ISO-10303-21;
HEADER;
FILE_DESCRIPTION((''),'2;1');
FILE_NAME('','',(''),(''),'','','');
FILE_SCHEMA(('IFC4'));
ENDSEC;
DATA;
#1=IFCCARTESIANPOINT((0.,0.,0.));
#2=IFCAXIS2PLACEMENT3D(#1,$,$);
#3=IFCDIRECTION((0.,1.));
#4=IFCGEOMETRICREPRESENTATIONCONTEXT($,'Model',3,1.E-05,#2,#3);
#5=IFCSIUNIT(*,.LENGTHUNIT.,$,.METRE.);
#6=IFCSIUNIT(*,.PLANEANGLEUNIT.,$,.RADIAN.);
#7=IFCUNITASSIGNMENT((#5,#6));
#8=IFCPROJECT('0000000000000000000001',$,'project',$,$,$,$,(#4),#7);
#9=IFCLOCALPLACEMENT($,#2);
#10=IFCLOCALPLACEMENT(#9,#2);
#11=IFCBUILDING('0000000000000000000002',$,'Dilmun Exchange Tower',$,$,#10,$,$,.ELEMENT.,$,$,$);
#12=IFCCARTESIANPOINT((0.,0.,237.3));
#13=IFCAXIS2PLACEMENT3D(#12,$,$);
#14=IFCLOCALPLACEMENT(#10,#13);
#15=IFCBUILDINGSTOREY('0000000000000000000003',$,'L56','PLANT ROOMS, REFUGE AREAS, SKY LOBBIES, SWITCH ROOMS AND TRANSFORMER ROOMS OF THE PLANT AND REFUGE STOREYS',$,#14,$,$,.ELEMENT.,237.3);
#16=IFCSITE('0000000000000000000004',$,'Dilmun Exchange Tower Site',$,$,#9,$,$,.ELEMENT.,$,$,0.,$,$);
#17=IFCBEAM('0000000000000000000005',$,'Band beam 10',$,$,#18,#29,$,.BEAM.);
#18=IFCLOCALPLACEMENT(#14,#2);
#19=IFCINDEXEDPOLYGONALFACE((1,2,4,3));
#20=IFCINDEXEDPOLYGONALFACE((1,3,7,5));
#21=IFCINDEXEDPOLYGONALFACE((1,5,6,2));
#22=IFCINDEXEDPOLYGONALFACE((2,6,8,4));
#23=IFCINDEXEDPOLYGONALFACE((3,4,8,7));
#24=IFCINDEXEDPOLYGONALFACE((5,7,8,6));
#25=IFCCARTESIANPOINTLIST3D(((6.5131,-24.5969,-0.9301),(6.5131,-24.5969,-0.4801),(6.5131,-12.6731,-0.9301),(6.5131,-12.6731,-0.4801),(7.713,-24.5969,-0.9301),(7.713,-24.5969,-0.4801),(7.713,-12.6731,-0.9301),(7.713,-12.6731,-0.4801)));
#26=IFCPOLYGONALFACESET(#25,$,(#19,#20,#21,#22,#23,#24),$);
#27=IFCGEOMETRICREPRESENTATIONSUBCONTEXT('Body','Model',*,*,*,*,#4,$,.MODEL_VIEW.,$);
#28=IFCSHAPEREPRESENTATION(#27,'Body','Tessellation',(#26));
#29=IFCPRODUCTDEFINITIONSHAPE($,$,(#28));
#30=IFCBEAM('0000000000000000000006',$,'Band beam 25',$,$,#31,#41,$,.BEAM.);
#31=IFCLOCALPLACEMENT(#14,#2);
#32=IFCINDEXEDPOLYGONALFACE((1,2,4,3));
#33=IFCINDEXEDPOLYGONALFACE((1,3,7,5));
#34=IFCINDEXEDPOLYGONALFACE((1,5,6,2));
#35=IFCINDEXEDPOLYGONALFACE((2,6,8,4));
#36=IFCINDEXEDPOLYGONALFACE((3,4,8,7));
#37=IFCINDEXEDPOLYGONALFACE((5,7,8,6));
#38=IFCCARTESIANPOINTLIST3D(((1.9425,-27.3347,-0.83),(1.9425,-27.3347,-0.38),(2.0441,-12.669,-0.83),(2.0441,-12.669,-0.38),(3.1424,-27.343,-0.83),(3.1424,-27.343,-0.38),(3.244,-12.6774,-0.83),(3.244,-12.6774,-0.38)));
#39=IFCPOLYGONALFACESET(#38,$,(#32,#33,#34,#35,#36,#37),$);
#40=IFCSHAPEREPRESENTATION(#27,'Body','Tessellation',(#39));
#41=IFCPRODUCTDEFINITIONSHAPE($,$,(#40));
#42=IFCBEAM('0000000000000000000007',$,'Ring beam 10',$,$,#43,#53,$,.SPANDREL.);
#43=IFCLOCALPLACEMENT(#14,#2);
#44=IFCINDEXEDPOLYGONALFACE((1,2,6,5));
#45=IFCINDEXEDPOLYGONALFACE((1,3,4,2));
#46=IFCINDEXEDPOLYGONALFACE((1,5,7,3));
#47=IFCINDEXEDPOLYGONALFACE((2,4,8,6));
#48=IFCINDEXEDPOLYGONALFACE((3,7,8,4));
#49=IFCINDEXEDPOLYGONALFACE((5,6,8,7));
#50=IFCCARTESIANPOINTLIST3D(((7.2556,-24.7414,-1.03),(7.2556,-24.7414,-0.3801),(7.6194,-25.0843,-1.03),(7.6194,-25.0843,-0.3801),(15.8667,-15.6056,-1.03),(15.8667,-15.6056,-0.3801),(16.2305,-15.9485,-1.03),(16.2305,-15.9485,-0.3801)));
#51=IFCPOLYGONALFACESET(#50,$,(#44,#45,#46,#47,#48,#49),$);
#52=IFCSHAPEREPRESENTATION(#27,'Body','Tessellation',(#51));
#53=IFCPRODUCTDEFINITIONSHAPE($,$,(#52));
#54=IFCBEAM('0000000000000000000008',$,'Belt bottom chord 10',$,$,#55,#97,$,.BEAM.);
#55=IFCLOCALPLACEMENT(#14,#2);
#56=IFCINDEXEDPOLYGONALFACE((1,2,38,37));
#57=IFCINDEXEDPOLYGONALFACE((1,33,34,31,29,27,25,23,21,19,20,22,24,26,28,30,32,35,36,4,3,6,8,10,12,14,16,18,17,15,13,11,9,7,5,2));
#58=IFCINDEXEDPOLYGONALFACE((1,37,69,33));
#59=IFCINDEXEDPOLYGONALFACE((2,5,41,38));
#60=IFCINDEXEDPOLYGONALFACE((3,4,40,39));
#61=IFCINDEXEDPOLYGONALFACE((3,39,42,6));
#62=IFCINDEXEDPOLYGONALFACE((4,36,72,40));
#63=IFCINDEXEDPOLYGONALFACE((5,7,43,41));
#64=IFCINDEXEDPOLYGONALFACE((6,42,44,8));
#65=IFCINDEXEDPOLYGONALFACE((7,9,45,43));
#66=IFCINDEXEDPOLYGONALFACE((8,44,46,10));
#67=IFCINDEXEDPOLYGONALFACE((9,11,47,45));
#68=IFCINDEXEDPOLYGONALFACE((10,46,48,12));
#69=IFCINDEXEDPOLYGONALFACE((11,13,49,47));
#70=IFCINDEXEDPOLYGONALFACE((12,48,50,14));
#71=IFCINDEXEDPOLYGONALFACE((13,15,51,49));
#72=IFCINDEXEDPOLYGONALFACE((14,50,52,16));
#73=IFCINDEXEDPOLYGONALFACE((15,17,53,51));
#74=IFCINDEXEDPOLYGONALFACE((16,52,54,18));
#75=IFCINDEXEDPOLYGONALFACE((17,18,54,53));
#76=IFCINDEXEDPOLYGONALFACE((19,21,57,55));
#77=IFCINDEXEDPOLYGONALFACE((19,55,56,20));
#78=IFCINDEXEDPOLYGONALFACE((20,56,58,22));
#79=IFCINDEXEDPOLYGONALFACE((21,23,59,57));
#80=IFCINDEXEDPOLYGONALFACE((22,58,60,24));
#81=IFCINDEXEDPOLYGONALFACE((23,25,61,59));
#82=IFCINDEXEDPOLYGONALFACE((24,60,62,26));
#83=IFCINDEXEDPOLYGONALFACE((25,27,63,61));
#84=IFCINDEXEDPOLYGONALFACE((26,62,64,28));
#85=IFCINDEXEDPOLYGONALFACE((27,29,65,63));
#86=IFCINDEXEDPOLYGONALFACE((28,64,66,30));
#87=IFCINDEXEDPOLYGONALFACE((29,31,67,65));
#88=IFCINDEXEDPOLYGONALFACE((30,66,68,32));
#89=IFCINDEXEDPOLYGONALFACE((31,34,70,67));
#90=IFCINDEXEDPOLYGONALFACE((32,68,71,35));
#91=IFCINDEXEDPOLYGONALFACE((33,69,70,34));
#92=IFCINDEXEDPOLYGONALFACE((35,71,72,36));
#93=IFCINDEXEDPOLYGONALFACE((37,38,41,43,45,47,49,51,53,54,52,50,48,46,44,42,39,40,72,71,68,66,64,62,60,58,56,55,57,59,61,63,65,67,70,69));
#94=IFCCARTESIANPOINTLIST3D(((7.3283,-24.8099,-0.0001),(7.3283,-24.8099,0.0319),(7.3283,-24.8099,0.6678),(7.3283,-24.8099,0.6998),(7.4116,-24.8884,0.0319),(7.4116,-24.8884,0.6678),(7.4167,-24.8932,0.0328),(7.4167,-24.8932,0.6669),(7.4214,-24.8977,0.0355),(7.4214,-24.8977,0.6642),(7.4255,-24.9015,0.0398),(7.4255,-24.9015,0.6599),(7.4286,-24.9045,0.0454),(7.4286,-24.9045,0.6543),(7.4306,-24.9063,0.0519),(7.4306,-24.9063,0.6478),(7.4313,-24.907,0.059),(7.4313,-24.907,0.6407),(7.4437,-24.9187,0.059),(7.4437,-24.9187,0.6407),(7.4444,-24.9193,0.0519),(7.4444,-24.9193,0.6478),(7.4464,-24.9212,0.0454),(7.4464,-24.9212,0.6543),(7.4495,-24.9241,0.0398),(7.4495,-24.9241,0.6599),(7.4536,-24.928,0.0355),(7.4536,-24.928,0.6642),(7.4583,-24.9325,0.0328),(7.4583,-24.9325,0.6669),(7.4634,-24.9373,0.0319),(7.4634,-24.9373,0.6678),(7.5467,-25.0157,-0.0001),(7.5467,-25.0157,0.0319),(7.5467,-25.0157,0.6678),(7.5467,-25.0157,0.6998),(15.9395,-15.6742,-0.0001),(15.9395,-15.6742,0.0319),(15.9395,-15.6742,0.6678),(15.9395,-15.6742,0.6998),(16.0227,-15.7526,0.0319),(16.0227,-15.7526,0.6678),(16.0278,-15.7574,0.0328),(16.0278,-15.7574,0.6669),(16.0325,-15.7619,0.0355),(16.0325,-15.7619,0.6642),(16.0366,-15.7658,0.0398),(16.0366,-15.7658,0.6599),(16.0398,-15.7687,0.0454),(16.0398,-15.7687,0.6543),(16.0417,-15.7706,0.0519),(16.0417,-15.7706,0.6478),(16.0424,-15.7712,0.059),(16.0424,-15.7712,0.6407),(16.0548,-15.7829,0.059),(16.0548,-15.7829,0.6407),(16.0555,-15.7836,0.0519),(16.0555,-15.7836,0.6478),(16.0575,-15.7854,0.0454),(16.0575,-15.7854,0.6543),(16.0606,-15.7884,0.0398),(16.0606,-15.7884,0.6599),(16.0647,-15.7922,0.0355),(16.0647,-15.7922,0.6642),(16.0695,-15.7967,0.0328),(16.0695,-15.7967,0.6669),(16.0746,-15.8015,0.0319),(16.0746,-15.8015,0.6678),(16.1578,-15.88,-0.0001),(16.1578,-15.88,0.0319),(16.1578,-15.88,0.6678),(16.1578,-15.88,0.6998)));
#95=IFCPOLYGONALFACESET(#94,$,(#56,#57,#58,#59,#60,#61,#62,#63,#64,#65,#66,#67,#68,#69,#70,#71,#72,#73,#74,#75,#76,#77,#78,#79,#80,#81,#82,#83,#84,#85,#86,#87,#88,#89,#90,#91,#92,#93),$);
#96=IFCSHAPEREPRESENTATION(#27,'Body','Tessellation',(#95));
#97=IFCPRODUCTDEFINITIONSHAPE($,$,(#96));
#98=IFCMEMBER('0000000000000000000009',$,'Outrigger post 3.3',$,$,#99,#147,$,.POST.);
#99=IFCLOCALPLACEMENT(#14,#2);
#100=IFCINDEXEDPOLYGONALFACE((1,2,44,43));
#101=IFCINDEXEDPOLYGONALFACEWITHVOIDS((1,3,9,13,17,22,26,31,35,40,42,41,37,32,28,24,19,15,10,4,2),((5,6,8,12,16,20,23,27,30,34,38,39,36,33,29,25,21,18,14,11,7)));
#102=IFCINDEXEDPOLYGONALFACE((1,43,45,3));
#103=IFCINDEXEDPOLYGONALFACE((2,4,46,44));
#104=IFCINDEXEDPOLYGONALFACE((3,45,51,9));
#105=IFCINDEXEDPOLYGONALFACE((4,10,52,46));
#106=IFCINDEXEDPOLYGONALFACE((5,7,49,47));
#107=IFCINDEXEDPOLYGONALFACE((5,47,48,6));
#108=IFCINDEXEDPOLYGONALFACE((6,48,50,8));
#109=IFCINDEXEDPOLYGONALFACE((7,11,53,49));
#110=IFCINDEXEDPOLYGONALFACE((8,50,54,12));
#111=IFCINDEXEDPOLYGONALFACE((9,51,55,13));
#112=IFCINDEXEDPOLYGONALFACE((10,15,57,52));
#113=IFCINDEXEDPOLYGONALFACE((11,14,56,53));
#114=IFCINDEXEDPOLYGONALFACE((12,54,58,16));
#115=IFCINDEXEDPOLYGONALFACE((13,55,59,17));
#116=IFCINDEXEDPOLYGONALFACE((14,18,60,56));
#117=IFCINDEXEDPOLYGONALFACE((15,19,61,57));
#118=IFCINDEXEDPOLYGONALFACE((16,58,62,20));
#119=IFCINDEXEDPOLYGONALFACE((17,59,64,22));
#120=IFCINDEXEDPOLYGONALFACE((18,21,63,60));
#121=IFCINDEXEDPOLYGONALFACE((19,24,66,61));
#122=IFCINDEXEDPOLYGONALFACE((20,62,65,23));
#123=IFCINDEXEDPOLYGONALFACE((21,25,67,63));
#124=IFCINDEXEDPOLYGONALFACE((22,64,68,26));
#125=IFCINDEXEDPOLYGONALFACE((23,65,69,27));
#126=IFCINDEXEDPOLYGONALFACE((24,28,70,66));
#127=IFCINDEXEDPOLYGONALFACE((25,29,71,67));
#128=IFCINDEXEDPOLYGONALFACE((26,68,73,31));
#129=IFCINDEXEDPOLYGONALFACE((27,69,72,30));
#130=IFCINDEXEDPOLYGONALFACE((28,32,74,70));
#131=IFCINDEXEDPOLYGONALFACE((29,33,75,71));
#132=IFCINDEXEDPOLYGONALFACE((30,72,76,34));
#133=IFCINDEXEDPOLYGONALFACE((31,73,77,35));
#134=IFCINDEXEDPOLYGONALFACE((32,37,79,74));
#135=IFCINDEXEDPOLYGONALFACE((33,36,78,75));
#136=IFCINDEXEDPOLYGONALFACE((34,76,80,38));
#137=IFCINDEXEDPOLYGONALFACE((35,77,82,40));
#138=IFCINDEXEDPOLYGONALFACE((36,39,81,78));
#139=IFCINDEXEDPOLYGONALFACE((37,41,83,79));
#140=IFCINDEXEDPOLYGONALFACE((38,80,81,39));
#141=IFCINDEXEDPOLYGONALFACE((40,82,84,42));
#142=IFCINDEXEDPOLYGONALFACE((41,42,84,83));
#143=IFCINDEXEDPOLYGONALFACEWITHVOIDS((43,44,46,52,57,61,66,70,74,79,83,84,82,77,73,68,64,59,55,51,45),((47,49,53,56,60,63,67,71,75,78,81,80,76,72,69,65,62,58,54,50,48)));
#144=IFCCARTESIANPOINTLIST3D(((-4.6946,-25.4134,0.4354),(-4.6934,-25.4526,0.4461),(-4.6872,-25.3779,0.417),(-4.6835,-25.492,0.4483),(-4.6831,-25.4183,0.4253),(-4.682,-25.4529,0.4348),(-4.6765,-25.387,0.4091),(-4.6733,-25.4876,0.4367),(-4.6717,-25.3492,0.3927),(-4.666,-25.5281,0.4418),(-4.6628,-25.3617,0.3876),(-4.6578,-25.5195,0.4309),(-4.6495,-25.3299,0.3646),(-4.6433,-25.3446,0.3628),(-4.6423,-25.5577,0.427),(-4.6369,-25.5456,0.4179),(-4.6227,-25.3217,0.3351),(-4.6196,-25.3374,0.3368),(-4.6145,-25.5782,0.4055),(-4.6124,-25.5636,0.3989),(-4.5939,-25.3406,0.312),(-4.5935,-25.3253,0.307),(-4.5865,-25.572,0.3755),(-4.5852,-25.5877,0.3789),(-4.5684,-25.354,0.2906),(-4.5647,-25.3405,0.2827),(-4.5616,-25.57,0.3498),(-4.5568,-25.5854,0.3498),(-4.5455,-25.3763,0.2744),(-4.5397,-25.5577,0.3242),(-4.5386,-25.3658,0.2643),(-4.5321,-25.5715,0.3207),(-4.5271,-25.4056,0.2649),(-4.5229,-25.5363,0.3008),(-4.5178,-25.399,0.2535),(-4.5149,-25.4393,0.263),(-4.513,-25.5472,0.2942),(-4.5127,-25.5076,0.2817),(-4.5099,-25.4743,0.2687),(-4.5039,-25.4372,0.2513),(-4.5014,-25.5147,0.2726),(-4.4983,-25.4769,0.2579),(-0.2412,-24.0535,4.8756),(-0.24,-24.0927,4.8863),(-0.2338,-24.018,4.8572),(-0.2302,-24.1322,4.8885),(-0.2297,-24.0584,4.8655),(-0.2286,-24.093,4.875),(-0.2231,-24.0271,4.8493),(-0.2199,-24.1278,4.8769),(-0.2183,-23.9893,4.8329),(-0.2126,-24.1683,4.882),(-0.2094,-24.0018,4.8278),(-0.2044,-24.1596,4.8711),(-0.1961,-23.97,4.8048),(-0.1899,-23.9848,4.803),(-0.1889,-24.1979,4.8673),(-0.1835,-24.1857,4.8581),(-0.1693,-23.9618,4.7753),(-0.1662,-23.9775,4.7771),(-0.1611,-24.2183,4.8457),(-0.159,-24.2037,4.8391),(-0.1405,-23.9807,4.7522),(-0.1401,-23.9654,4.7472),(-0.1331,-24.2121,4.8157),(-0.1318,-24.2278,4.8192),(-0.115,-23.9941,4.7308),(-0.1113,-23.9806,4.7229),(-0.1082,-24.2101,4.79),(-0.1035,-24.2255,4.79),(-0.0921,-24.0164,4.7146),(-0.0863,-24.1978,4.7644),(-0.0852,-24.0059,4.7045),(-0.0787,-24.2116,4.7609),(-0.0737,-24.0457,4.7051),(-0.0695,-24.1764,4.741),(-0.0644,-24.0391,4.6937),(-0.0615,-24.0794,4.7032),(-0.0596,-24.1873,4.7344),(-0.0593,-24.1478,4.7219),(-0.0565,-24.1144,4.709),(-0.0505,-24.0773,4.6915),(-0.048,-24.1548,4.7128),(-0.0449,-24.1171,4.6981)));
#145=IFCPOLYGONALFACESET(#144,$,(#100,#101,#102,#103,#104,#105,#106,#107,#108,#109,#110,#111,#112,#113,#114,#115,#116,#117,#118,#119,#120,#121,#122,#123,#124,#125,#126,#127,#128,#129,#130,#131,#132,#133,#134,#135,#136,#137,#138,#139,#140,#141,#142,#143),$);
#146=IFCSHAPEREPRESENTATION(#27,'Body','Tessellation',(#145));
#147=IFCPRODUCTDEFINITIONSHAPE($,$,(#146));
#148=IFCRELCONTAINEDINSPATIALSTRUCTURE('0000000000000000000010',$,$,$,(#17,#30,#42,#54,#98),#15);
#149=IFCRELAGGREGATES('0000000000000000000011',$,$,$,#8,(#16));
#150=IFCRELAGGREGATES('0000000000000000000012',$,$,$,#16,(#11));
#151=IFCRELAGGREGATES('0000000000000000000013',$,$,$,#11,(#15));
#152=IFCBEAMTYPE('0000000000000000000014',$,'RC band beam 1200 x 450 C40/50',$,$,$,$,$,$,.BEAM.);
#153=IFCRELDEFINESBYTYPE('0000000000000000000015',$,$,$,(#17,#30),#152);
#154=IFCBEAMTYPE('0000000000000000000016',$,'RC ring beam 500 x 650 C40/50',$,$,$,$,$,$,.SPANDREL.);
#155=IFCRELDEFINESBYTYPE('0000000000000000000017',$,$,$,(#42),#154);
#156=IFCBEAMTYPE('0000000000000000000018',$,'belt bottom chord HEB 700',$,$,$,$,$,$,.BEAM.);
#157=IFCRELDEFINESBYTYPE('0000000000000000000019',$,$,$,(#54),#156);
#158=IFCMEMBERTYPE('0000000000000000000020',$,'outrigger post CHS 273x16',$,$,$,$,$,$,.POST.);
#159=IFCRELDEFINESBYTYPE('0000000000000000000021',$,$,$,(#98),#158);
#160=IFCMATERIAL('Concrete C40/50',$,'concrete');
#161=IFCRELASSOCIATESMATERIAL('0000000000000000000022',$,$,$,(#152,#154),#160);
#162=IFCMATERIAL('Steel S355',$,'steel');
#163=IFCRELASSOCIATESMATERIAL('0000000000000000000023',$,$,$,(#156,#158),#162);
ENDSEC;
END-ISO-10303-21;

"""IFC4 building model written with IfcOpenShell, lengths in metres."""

from ifc_helpers import new_model, si_unit, direction, frame, origin, origin_2d, place, context, subcontext, project, spatial, rectangle, hollow_circle, i_section, extrude, material, material_profile, profile_set, type_object, element, save


model = new_model("IFC4")

# Units and contexts
model_context = context("Model", 3, precision=1e-05, world=origin(), true_north=direction((0.0, 1.0)))
body_context = subcontext(model_context, "Body", "Model", "MODEL_VIEW")
ifc_project = project(units=[si_unit("LENGTHUNIT", "METRE"), si_unit("PLANEANGLEUNIT", "RADIAN")], contexts=[model_context])

# Site, building, storey
site_placement = place(None, origin())
site = spatial("IfcSite", under=ifc_project, at=site_placement, Name="Dilmun Exchange Tower Site", CompositionType="ELEMENT", RefElevation=0.0)
building_placement = place(site_placement, origin())
building = spatial("IfcBuilding", under=site, at=building_placement, Name="Dilmun Exchange Tower", CompositionType="ELEMENT")
storey_placement = place(building_placement, frame((0.0, 0.0, 237.3)))
storey = spatial("IfcBuildingStorey", under=building, at=storey_placement, Name="L56", Description="PLANT ROOMS, REFUGE AREAS, SKY LOBBIES, SWITCH ROOMS AND TRANSFORMER ROOMS OF THE PLANT AND REFUGE STOREYS", CompositionType="ELEMENT", Elevation=237.3)

# Beams
ifc_material_1 = material(Name="Concrete C40/50", Category="concrete")
ifc_material_profile_1 = material_profile(ifc_material_1, rectangle(XDim=1.2, YDim=0.45, at=origin_2d()), Name="1200 x 450")
ifc_profile_set_1 = profile_set([ifc_material_profile_1], Name="Concrete C40/50")
beam_type_1 = type_object("IfcBeamType", Name="RC band beam 1200 x 450 C40/50", PredefinedType="BEAM", material=ifc_profile_set_1)
beam_1_placement = place(storey_placement, frame((7.113, -24.5969, -0.7051), z_axis=(0.0, 1.0, 0.0), x_axis=(-1.0, 0.0, 0.0)))
element("IfcBeam", 1, at=beam_1_placement, inside=storey, type_object=beam_type_1, Name="Band beam 10", PredefinedType="BEAM", context=body_context, shape_type="SweptSolid", body=[
    extrude(rectangle(XDim=1.2, YDim=0.45, at=origin_2d()), origin(), (0.0, 0.0, 1.0), 11.9238),
])
beam_2_placement = place(storey_placement, frame((2.5425, -27.3389, -0.605), z_axis=(0.006925, 0.999976, 0.0), x_axis=(-0.999976, 0.006925, 0.0)))
element("IfcBeam", 2, at=beam_2_placement, inside=storey, type_object=beam_type_1, Name="Band beam 25", PredefinedType="BEAM", context=body_context, shape_type="SweptSolid", body=[
    extrude(rectangle(XDim=1.2, YDim=0.45, at=origin_2d()), origin(), (0.0, 0.0, 1.0), 14.666),
])
ifc_material_profile_2 = material_profile(ifc_material_1, rectangle(XDim=0.5, YDim=0.6499, at=origin_2d()), Name="500 x 650")
ifc_profile_set_2 = profile_set([ifc_material_profile_2], Name="Concrete C40/50")
beam_type_2 = type_object("IfcBeamType", Name="RC ring beam 500 x 650 C40/50", PredefinedType="SPANDREL", material=ifc_profile_set_2)
beam_3_placement = place(storey_placement, frame((7.4375, -24.9128, -0.7051), z_axis=(0.685903, 0.727693, 0.0), x_axis=(-0.727693, 0.685903, 0.0)))
element("IfcBeam", 3, at=beam_3_placement, inside=storey, type_object=beam_type_2, Name="Ring beam 10", PredefinedType="SPANDREL", context=body_context, shape_type="SweptSolid", body=[
    extrude(rectangle(XDim=0.5, YDim=0.6499, at=origin_2d()), origin(), (0.0, 0.0, 1.0), 12.5544),
])
ifc_material_2 = material(Name="Steel S355", Category="steel")
ifc_material_profile_3 = material_profile(ifc_material_2, i_section(OverallWidth=0.3, OverallDepth=0.7, WebThickness=0.0171, FlangeThickness=0.032, FilletRadius=0.0271, at=origin_2d()), Name="HEB 700")
ifc_profile_set_3 = profile_set([ifc_material_profile_3], Name="Steel S355")
beam_type_3 = type_object("IfcBeamType", Name="belt bottom chord HEB 700", PredefinedType="BEAM", material=ifc_profile_set_3)
beam_4_placement = place(storey_placement, frame((7.4375, -24.9128, 0.3499), z_axis=(0.685903, 0.727693, 0.0), x_axis=(-0.727693, 0.685903, 0.0)))
element("IfcBeam", 4, at=beam_4_placement, inside=storey, type_object=beam_type_3, Name="Belt bottom chord 10", PredefinedType="BEAM", context=body_context, shape_type="SweptSolid", body=[
    extrude(i_section(OverallWidth=0.3, OverallDepth=0.7, WebThickness=0.0171, FlangeThickness=0.032, FilletRadius=0.0271, at=origin_2d()), origin(), (0.0, 0.0, 1.0), 12.5544),
])

# Member
ifc_material_profile_4 = material_profile(ifc_material_2, hollow_circle(Radius=0.1365, WallThickness=0.0161, at=origin_2d()), Name="CHS 273x16")
ifc_profile_set_4 = profile_set([ifc_material_profile_4], Name="Steel S355")
member_type_1 = type_object("IfcMemberType", Name="outrigger post CHS 273x16", PredefinedType="POST", material=ifc_profile_set_4)
member_1_placement = place(storey_placement, frame((-0.1433, -24.095, 4.79), z_axis=(-0.692157, -0.211354, -0.690108), x_axis=(0.292044, -0.956405, 0.0)))
element("IfcMember", 5, at=member_1_placement, inside=storey, type_object=member_type_1, Name="Outrigger post 3.3", PredefinedType="POST", context=body_context, shape_type="SweptSolid", body=[
    extrude(hollow_circle(Radius=0.1365, WallThickness=0.0161, at=origin_2d()), origin(), (0.0, 0.0, 1.0), 6.4341),
])

save(model, "model.ifc")
